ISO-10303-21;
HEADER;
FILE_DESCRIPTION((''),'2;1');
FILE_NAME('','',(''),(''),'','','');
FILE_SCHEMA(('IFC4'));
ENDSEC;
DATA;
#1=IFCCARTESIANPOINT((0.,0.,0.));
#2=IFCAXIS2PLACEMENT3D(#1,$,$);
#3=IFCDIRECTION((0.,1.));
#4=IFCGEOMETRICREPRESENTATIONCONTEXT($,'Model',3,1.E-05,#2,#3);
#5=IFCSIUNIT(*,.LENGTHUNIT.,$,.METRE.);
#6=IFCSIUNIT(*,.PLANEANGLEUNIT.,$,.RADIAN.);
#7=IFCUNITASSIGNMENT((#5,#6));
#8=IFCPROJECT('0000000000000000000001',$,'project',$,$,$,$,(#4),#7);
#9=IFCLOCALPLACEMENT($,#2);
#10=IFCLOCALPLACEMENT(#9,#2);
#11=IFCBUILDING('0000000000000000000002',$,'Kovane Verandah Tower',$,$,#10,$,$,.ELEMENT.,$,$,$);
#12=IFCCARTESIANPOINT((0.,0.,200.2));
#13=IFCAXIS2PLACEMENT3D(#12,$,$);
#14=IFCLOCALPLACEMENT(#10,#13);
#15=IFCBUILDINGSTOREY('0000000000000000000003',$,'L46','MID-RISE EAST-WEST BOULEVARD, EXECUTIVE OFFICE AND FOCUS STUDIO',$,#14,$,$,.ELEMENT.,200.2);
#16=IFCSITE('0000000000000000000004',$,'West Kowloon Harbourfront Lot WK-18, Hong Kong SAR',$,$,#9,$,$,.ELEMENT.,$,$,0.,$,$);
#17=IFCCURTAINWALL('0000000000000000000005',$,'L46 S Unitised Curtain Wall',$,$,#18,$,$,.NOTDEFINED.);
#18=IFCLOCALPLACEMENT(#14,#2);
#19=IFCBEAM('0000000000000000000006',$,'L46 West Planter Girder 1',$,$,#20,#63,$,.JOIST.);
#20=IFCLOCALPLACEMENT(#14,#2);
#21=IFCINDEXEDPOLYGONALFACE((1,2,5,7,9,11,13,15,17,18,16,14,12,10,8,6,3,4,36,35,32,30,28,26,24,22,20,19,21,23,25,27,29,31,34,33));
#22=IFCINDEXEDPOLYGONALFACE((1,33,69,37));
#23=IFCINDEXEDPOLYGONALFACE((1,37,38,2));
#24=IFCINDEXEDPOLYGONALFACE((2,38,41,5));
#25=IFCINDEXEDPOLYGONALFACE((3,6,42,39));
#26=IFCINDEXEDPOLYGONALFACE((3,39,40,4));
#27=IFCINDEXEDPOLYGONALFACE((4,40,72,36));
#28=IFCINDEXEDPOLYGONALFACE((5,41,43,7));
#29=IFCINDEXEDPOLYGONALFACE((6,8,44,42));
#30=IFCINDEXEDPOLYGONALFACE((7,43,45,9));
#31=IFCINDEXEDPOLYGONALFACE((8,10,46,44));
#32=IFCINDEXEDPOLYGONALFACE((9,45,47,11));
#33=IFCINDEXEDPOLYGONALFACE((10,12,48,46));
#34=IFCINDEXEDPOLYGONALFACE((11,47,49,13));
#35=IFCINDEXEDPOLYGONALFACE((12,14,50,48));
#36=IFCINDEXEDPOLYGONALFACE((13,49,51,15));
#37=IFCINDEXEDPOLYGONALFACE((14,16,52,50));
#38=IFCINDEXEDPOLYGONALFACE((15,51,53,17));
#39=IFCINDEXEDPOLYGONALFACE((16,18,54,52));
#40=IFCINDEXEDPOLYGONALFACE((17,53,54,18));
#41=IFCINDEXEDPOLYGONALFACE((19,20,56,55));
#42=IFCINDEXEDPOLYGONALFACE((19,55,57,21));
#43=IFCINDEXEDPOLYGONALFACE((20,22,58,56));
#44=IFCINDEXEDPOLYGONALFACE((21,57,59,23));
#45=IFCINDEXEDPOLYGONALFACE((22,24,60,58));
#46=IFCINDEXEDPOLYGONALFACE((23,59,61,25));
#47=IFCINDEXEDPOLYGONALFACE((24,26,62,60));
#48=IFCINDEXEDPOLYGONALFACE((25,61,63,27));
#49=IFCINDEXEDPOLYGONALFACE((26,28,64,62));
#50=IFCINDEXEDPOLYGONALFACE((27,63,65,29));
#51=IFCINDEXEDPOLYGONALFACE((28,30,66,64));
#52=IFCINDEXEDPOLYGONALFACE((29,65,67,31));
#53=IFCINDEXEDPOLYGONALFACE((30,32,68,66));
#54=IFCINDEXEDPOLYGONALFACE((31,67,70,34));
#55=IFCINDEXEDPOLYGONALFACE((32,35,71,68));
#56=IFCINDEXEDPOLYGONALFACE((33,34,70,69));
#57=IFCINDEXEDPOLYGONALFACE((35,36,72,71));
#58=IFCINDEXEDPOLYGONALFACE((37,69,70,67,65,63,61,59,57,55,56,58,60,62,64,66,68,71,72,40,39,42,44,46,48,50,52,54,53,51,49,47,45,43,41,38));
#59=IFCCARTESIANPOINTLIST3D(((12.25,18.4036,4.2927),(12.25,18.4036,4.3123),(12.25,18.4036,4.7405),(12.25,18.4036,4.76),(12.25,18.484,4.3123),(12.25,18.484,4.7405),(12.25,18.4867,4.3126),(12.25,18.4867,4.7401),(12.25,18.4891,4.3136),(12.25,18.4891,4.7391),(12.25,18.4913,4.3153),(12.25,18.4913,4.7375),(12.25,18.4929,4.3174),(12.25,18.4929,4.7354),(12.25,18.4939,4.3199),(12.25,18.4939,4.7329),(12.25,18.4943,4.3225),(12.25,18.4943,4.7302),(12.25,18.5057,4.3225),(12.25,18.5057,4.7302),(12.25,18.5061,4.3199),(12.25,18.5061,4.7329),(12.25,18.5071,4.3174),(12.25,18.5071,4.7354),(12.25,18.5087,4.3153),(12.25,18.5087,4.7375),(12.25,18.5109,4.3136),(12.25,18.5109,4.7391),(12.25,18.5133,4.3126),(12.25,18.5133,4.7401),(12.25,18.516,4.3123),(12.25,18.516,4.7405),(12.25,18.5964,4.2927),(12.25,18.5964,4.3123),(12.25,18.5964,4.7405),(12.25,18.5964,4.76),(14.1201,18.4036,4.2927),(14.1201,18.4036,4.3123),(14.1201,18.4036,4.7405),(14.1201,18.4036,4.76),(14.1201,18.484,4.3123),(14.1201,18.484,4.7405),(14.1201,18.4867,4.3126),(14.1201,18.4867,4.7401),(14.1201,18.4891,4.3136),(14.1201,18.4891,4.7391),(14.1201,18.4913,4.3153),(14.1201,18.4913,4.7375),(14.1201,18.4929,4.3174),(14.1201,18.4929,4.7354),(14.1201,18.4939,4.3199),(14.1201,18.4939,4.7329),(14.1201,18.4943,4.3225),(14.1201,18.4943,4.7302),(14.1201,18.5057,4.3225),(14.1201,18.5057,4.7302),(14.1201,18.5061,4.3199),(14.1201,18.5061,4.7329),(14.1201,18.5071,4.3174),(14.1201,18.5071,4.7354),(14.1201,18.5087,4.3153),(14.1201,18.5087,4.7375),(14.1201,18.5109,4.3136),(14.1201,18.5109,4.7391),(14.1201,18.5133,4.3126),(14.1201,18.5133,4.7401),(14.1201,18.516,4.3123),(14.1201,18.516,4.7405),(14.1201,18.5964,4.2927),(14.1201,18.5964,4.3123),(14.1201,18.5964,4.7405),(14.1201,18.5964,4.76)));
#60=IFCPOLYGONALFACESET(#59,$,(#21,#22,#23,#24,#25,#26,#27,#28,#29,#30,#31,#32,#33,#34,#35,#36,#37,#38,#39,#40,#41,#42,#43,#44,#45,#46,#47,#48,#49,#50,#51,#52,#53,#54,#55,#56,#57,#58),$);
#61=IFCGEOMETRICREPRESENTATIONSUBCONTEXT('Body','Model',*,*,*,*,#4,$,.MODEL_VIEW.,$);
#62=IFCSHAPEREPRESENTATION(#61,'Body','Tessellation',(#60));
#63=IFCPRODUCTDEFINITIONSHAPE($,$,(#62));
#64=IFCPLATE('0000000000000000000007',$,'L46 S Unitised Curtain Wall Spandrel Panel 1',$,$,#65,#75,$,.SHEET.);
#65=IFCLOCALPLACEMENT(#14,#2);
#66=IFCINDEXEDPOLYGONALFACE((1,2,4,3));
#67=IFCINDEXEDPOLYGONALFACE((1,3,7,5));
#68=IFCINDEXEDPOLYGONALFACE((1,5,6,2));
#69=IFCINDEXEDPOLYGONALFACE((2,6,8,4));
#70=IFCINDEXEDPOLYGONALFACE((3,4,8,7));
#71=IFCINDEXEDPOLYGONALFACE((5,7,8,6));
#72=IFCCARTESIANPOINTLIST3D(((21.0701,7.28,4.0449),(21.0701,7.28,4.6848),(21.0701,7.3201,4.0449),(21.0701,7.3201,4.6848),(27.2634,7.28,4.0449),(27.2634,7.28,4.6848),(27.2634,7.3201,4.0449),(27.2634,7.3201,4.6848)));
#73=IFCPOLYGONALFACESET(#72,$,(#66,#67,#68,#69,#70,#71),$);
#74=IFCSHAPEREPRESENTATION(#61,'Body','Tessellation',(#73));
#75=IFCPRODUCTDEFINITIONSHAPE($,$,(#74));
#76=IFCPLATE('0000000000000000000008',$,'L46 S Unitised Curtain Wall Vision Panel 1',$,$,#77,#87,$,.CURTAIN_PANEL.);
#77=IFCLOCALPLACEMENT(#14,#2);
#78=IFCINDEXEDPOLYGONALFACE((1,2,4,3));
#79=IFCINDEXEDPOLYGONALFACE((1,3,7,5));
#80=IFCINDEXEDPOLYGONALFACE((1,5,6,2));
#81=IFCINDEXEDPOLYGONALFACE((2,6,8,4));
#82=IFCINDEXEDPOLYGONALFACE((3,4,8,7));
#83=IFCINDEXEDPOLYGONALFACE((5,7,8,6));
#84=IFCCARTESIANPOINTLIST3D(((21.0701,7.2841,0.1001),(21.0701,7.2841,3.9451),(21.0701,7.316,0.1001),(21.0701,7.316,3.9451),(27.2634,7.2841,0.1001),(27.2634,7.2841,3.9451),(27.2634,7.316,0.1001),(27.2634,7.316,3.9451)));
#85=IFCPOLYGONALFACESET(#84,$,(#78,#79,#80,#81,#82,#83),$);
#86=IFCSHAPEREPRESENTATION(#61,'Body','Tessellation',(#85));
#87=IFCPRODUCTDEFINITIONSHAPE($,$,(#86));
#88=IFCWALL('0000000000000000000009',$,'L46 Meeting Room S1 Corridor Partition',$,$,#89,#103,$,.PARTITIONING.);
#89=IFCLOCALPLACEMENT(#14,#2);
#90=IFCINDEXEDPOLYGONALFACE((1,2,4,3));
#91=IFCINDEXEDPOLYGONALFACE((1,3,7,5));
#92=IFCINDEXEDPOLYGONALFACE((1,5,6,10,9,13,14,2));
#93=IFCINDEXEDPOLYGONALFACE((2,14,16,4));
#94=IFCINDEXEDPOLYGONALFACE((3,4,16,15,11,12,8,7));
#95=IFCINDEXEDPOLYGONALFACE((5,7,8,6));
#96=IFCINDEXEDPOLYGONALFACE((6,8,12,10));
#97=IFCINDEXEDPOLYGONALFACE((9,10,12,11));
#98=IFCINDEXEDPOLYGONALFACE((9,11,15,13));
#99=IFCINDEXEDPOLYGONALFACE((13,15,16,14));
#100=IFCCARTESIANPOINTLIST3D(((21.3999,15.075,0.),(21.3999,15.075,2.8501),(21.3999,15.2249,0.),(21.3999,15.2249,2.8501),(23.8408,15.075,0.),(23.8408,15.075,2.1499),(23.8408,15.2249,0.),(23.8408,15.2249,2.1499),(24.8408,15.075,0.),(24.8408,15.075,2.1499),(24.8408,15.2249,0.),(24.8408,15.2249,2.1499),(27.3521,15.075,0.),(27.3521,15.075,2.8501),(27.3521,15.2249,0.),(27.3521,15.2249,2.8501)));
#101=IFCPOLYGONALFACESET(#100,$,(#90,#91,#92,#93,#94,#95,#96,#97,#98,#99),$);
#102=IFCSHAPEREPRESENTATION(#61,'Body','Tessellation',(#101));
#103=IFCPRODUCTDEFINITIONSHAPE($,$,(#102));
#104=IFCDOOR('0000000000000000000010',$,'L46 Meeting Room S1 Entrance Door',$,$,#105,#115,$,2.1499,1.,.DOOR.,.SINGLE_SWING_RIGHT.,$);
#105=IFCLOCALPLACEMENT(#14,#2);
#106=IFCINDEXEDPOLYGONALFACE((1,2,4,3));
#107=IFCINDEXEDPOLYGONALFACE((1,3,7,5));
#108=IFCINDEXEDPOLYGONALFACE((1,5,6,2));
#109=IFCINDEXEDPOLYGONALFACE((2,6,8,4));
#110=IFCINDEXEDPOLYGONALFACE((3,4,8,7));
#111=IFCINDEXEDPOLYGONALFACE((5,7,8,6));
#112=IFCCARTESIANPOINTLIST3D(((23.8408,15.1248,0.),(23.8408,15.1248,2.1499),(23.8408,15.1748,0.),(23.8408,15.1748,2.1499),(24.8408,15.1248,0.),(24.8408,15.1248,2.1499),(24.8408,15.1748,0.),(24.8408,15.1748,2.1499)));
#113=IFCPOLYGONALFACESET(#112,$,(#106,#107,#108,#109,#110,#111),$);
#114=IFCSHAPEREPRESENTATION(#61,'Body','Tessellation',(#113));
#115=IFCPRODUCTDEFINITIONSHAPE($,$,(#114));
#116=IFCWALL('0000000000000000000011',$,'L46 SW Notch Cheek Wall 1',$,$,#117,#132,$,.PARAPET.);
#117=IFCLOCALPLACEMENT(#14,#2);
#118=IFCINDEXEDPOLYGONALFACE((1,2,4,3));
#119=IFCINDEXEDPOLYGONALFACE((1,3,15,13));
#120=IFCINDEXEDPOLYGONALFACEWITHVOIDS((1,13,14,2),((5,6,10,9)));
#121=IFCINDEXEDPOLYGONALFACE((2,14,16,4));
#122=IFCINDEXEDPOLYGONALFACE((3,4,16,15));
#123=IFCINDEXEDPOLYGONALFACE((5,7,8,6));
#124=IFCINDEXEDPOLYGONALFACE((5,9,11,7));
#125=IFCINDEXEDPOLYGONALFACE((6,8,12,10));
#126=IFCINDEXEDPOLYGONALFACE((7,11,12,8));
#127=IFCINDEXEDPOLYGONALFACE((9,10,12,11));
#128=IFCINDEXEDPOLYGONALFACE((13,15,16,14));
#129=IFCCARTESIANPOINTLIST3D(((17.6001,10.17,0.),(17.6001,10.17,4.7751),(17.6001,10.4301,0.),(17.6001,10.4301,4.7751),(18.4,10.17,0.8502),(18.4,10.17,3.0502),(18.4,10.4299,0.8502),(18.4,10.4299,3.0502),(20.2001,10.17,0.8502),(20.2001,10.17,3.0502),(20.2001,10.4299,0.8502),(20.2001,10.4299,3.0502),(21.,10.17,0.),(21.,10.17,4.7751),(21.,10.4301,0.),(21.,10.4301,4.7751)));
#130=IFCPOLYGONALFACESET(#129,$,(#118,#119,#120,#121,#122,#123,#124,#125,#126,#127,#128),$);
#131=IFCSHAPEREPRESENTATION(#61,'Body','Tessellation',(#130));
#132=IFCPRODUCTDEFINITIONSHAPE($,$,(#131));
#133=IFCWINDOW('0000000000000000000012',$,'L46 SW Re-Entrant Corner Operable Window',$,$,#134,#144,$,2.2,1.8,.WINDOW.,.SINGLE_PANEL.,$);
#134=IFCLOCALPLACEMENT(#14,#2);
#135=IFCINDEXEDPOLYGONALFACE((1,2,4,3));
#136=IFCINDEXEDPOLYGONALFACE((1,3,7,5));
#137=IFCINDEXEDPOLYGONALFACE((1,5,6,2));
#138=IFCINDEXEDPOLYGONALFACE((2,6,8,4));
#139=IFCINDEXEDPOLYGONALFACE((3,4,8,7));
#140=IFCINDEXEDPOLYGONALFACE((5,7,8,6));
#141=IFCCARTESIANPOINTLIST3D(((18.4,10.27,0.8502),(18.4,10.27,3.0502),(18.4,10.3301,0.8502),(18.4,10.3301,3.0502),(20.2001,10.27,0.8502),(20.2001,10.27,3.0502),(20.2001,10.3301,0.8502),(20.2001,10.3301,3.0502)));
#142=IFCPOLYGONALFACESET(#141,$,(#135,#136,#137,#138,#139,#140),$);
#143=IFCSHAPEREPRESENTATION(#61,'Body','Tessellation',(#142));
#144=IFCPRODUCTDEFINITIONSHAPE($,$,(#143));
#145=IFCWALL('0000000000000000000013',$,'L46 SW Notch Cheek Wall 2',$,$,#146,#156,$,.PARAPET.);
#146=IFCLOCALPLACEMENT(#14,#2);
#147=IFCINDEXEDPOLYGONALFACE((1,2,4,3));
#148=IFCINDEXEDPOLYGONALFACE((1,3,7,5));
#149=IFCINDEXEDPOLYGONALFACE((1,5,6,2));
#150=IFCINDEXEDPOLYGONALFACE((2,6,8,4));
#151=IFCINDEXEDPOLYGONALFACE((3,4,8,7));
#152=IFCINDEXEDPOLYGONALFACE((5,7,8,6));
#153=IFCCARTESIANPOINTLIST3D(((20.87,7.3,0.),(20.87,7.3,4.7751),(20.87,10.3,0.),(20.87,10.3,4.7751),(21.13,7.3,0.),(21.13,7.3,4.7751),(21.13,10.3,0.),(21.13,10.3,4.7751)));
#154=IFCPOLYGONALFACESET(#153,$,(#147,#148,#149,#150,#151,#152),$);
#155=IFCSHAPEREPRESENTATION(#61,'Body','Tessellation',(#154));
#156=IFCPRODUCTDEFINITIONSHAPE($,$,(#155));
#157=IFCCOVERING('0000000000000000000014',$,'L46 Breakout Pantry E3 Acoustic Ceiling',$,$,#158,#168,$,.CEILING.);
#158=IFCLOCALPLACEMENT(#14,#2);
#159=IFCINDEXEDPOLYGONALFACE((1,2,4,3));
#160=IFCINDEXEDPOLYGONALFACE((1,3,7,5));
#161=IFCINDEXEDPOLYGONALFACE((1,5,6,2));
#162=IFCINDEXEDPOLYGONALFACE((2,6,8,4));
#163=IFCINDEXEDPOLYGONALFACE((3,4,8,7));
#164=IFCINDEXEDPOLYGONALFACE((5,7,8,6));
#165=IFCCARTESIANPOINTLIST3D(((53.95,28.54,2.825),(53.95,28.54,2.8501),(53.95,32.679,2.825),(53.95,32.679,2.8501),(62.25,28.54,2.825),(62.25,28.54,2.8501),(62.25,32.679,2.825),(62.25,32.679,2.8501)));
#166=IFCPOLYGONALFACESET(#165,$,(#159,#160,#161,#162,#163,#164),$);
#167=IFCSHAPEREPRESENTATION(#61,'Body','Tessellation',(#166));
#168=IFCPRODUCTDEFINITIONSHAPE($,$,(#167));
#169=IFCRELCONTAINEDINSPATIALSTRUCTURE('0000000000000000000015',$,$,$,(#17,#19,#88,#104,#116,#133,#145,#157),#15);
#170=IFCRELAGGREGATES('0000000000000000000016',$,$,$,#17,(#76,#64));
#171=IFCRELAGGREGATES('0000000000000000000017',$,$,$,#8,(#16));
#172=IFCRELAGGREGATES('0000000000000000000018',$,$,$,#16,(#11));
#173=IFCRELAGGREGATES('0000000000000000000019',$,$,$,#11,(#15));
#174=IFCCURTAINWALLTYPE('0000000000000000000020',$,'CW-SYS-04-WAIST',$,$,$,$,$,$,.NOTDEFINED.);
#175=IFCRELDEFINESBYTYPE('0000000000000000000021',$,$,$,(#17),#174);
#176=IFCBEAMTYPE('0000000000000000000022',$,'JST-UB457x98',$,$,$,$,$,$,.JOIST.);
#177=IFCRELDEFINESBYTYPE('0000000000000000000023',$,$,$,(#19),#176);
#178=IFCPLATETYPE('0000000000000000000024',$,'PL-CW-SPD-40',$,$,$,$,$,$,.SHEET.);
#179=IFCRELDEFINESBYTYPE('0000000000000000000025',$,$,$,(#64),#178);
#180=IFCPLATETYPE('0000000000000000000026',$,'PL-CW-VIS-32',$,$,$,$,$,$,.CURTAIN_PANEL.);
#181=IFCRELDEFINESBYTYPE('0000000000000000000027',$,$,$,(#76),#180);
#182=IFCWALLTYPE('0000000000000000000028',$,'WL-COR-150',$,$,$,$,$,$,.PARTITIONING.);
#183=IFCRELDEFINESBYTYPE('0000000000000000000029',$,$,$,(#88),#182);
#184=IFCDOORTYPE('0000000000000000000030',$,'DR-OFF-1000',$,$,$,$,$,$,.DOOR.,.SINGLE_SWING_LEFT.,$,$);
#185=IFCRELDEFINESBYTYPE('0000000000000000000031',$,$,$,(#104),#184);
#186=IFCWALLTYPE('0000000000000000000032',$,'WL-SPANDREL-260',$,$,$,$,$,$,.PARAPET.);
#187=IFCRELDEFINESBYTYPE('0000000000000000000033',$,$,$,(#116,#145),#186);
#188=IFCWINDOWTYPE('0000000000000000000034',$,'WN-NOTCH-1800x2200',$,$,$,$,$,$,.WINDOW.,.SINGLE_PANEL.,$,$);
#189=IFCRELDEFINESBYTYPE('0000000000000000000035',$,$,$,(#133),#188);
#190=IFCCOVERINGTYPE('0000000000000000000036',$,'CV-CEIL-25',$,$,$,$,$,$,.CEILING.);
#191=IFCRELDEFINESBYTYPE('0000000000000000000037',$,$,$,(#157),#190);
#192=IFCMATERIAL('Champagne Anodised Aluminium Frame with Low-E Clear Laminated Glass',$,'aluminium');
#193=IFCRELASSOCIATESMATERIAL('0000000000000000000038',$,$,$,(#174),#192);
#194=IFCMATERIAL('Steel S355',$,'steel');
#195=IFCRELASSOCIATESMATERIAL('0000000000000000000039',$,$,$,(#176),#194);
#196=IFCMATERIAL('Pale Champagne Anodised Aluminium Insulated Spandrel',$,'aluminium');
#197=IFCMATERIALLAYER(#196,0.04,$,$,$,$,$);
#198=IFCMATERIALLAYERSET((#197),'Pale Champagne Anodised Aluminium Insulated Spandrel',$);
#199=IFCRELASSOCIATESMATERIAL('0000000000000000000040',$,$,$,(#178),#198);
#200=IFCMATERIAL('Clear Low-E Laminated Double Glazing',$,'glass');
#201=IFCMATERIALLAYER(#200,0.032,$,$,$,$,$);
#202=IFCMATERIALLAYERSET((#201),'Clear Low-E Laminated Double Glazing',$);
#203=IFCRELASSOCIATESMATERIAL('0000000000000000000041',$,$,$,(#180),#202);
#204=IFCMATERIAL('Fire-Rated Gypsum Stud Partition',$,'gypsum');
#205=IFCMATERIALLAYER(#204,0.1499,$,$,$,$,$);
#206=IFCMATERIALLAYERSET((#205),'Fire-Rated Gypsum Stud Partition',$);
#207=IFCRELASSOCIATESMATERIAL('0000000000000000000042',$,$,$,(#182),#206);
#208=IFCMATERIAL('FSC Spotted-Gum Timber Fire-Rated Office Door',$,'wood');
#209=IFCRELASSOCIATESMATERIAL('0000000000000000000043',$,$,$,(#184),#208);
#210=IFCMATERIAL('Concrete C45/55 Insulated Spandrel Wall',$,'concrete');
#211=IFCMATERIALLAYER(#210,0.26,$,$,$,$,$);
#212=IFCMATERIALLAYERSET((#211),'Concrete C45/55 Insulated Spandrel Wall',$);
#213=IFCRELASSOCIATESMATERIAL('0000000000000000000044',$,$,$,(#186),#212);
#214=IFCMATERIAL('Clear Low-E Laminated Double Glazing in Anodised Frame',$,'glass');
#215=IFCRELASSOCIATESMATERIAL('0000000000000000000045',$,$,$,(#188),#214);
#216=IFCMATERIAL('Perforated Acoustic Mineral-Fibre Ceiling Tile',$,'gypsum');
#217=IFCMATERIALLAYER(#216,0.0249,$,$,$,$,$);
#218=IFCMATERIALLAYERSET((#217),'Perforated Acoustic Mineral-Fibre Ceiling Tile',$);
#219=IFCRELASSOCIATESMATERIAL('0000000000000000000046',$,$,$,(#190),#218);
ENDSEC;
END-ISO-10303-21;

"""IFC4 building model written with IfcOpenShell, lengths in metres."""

from ifc_helpers import new_model, si_unit, direction, frame, frame_2d, origin, origin_2d, place, context, subcontext, project, spatial, polyline, rectangle, i_section, outline, extrude, material, layer, layer_set, material_profile, profile_set, type_object, element, fill, aggregate, save


model = new_model("IFC4")

# Units and contexts
model_context = context("Model", 3, precision=1e-05, world=origin(), true_north=direction((0.0, 1.0)))
body_context = subcontext(model_context, "Body", "Model", "MODEL_VIEW")
ifc_project = project(units=[si_unit("LENGTHUNIT", "METRE"), si_unit("PLANEANGLEUNIT", "RADIAN")], contexts=[model_context])

# Site, building, storey
site_placement = place(None, origin())
site = spatial("IfcSite", under=ifc_project, at=site_placement, Name="West Kowloon Harbourfront Lot WK-18, Hong Kong SAR", CompositionType="ELEMENT", RefElevation=0.0)
building_placement = place(site_placement, origin())
building = spatial("IfcBuilding", under=site, at=building_placement, Name="Kovane Verandah Tower", CompositionType="ELEMENT")
storey_placement = place(building_placement, frame((0.0, 0.0, 200.2)))
storey = spatial("IfcBuildingStorey", under=building, at=storey_placement, Name="L46", Description="MID-RISE EAST-WEST BOULEVARD, EXECUTIVE OFFICE AND FOCUS STUDIO", CompositionType="ELEMENT", Elevation=200.2)

# Shared definitions
ifc_material_1 = material(Name="Steel S355", Category="steel")

# Curtain wall
ifc_material_2 = material(Name="Champagne Anodised Aluminium Frame with Low-E Clear Laminated Glass", Category="aluminium")
curtain_wall_type = type_object("IfcCurtainWallType", Name="CW-SYS-04-WAIST", PredefinedType="NOTDEFINED", material=ifc_material_2)
curtain_wall_placement = place(storey_placement, origin())
curtain_wall = element("IfcCurtainWall", 1, at=curtain_wall_placement, inside=storey, type_object=curtain_wall_type, Name="L46 S Unitised Curtain Wall", PredefinedType="NOTDEFINED")

# Beam
ifc_material_profile_1 = material_profile(ifc_material_1, i_section(OverallWidth=0.1929, OverallDepth=0.4673, WebThickness=0.0115, FlangeThickness=0.0195, FilletRadius=0.0103, at=origin_2d()), Name="UB457x191x98")
ifc_profile_set_1 = profile_set([ifc_material_profile_1], Name="Steel S355")
beam_type_1 = type_object("IfcBeamType", Name="JST-UB457x98", PredefinedType="JOIST", material=ifc_profile_set_1)
beam_1_placement = place(storey_placement, frame((14.1201, 18.5, 4.5264), z_axis=(-1.0, 0.0, 0.0), x_axis=(0.0, -1.0, 0.0)))
element("IfcBeam", 2, at=beam_1_placement, inside=storey, type_object=beam_type_1, Name="L46 West Planter Girder 1", PredefinedType="JOIST", context=body_context, shape_type="SweptSolid", body=[
    extrude(i_section(OverallWidth=0.1929, OverallDepth=0.4673, WebThickness=0.0115, FlangeThickness=0.0195, FilletRadius=0.0103, at=origin_2d()), origin(), (0.0, 0.0, 1.0), 1.8701),
])

# Plates
ifc_material_3 = material(Name="Pale Champagne Anodised Aluminium Insulated Spandrel", Category="aluminium")
ifc_layer_1 = layer(ifc_material_3, 0.04)
ifc_layer_set_1 = layer_set([ifc_layer_1], Name="Pale Champagne Anodised Aluminium Insulated Spandrel")
plate_type_1 = type_object("IfcPlateType", Name="PL-CW-SPD-40", PredefinedType="SHEET", material=ifc_layer_set_1)
plate_1_placement = place(storey_placement, frame((24.1667, 7.3, 4.0449), z_axis=(0.0, 0.0, 1.0), x_axis=(1.0, 0.0, 0.0)))
plate_1 = element("IfcPlate", 3, at=plate_1_placement, type_object=plate_type_1, Name="L46 S Unitised Curtain Wall Spandrel Panel 1", PredefinedType="SHEET", context=body_context, shape_type="SweptSolid", body=[
    extrude(rectangle(XDim=6.1934, YDim=0.04, at=origin_2d()), origin(), (0.0, 0.0, 1.0), 0.6399),
])
ifc_material_4 = material(Name="Clear Low-E Laminated Double Glazing", Category="glass")
ifc_layer_2 = layer(ifc_material_4, 0.032)
ifc_layer_set_2 = layer_set([ifc_layer_2], Name="Clear Low-E Laminated Double Glazing")
plate_type_2 = type_object("IfcPlateType", Name="PL-CW-VIS-32", PredefinedType="CURTAIN_PANEL", material=ifc_layer_set_2)
plate_2_placement = place(storey_placement, frame((24.1667, 7.3, 0.1001), z_axis=(0.0, 0.0, 1.0), x_axis=(1.0, 0.0, 0.0)))
plate_2 = element("IfcPlate", 4, at=plate_2_placement, type_object=plate_type_2, Name="L46 S Unitised Curtain Wall Vision Panel 1", PredefinedType="CURTAIN_PANEL", context=body_context, shape_type="SweptSolid", body=[
    extrude(rectangle(XDim=6.1934, YDim=0.032, at=origin_2d()), origin(), (0.0, 0.0, 1.0), 3.845),
])
aggregate(curtain_wall, [plate_2, plate_1])

# Wall, opening, door
ifc_material_5 = material(Name="Fire-Rated Gypsum Stud Partition", Category="gypsum")
ifc_layer_3 = layer(ifc_material_5, 0.1499)
ifc_layer_set_3 = layer_set([ifc_layer_3], Name="Fire-Rated Gypsum Stud Partition")
wall_type_1 = type_object("IfcWallType", Name="WL-COR-150", PredefinedType="PARTITIONING", material=ifc_layer_set_3)
wall_1_placement = place(storey_placement, frame((21.3999, 15.1499, 0.0), z_axis=(0.0, 0.0, 1.0), x_axis=(1.0, 0.0, 0.0)))
wall_1 = element("IfcWall", 5, at=wall_1_placement, inside=storey, type_object=wall_type_1, Name="L46 Meeting Room S1 Corridor Partition", PredefinedType="PARTITIONING", context=body_context, shape_type="SweptSolid", body=[
    extrude(rectangle(XDim=5.9521, YDim=0.1499, at=frame_2d((2.9761, 0.0))), origin(), (0.0, 0.0, 1.0), 2.8501),
])
opening_1_placement = place(wall_1_placement, frame((2.4409, 0.0, 0.0)))
opening_1 = element("IfcOpeningElement", 6, at=opening_1_placement, cuts=wall_1, PredefinedType="OPENING", context=body_context, shape_type="SweptSolid", body=[
    extrude(rectangle(XDim=1.0, YDim=2.1499, at=frame_2d((0.5, 1.075))), frame((0.0, 0.075, 0.0), z_axis=(0.0, -1.0, 0.0), x_axis=(1.0, 0.0, 0.0)), (0.0, 0.0, 1.0), 0.1499),
])
ifc_material_6 = material(Name="FSC Spotted-Gum Timber Fire-Rated Office Door", Category="wood")
door_type = type_object("IfcDoorType", Name="DR-OFF-1000", OperationType="SINGLE_SWING_LEFT", PredefinedType="DOOR", material=ifc_material_6)
door_1_placement = place(opening_1_placement, origin())
door_1 = element("IfcDoor", 7, at=door_1_placement, inside=storey, type_object=door_type, Name="L46 Meeting Room S1 Entrance Door", OperationType="SINGLE_SWING_RIGHT", OverallHeight=2.1499, OverallWidth=1.0, PredefinedType="DOOR", context=body_context, shape_type="SweptSolid", body=[
    extrude(rectangle(XDim=1.0, YDim=2.1499, at=frame_2d((0.5, 1.075))), frame((0.0, 0.0249, 0.0), z_axis=(0.0, -1.0, 0.0), x_axis=(1.0, 0.0, 0.0)), (0.0, 0.0, 1.0), 0.05),
])
fill(opening_1, door_1)

# Wall, opening, window
ifc_material_7 = material(Name="Concrete C45/55 Insulated Spandrel Wall", Category="concrete")
ifc_layer_4 = layer(ifc_material_7, 0.26)
ifc_layer_set_4 = layer_set([ifc_layer_4], Name="Concrete C45/55 Insulated Spandrel Wall")
wall_type_2 = type_object("IfcWallType", Name="WL-SPANDREL-260", PredefinedType="PARAPET", material=ifc_layer_set_4)
wall_2_placement = place(storey_placement, frame((17.6001, 10.3, 0.0), z_axis=(0.0, 0.0, 1.0), x_axis=(1.0, 0.0, 0.0)))
wall_2 = element("IfcWall", 8, at=wall_2_placement, inside=storey, type_object=wall_type_2, Name="L46 SW Notch Cheek Wall 1", PredefinedType="PARAPET", context=body_context, shape_type="SweptSolid", body=[
    extrude(rectangle(XDim=3.3999, YDim=0.26, at=frame_2d((1.7, 0.0))), origin(), (0.0, 0.0, 1.0), 4.7751),
])
opening_2_placement = place(wall_2_placement, frame((0.8, 0.0, 0.8501)))
opening_2 = element("IfcOpeningElement", 9, at=opening_2_placement, cuts=wall_2, PredefinedType="OPENING", context=body_context, shape_type="SweptSolid", body=[
    extrude(rectangle(XDim=1.8, YDim=2.2, at=frame_2d((0.8999, 1.1001))), frame((0.0, 0.1299, 0.0), z_axis=(0.0, -1.0, 0.0), x_axis=(1.0, 0.0, 0.0)), (0.0, 0.0, 1.0), 0.26),
])
ifc_material_8 = material(Name="Clear Low-E Laminated Double Glazing in Anodised Frame", Category="glass")
window_type = type_object("IfcWindowType", Name="WN-NOTCH-1800x2200", PartitioningType="SINGLE_PANEL", PredefinedType="WINDOW", material=ifc_material_8)
window_placement = place(opening_2_placement, origin())
window = element("IfcWindow", 10, at=window_placement, inside=storey, type_object=window_type, Name="L46 SW Re-Entrant Corner Operable Window", OverallHeight=2.2, OverallWidth=1.8, PartitioningType="SINGLE_PANEL", PredefinedType="WINDOW", context=body_context, shape_type="SweptSolid", body=[
    extrude(rectangle(XDim=1.8, YDim=2.2, at=frame_2d((0.8999, 1.1001))), frame((0.0, 0.03, 0.0), z_axis=(0.0, -1.0, 0.0), x_axis=(1.0, 0.0, 0.0)), (0.0, 0.0, 1.0), 0.0601),
])
fill(opening_2, window)

# Wall
wall_3_placement = place(storey_placement, frame((21.0, 10.3, 0.0), z_axis=(0.0, 0.0, 1.0), x_axis=(0.0, -1.0, 0.0)))
element("IfcWall", 11, at=wall_3_placement, inside=storey, type_object=wall_type_2, Name="L46 SW Notch Cheek Wall 2", PredefinedType="PARAPET", context=body_context, shape_type="SweptSolid", body=[
    extrude(rectangle(XDim=3.0, YDim=0.26, at=frame_2d((1.5, 0.0))), origin(), (0.0, 0.0, 1.0), 4.7751),
])

# Covering
ifc_material_9 = material(Name="Perforated Acoustic Mineral-Fibre Ceiling Tile", Category="gypsum")
ifc_layer_5 = layer(ifc_material_9, 0.0249)
ifc_layer_set_5 = layer_set([ifc_layer_5], Name="Perforated Acoustic Mineral-Fibre Ceiling Tile")
covering_type_1 = type_object("IfcCoveringType", Name="CV-CEIL-25", PredefinedType="CEILING", material=ifc_layer_set_5)
covering_1_placement = place(storey_placement, frame((0.0, 0.0, 2.825)))
element("IfcCovering", 12, at=covering_1_placement, inside=storey, type_object=covering_type_1, Name="L46 Breakout Pantry E3 Acoustic Ceiling", PredefinedType="CEILING", context=body_context, shape_type="SweptSolid", body=[
    extrude(outline(polyline([(53.95, 28.54), (62.25, 28.54), (62.25, 32.679), (53.95, 32.679), (53.95, 28.54)])), origin(), (0.0, 0.0, 1.0), 0.0251),
])

save(model, "model.ifc")
